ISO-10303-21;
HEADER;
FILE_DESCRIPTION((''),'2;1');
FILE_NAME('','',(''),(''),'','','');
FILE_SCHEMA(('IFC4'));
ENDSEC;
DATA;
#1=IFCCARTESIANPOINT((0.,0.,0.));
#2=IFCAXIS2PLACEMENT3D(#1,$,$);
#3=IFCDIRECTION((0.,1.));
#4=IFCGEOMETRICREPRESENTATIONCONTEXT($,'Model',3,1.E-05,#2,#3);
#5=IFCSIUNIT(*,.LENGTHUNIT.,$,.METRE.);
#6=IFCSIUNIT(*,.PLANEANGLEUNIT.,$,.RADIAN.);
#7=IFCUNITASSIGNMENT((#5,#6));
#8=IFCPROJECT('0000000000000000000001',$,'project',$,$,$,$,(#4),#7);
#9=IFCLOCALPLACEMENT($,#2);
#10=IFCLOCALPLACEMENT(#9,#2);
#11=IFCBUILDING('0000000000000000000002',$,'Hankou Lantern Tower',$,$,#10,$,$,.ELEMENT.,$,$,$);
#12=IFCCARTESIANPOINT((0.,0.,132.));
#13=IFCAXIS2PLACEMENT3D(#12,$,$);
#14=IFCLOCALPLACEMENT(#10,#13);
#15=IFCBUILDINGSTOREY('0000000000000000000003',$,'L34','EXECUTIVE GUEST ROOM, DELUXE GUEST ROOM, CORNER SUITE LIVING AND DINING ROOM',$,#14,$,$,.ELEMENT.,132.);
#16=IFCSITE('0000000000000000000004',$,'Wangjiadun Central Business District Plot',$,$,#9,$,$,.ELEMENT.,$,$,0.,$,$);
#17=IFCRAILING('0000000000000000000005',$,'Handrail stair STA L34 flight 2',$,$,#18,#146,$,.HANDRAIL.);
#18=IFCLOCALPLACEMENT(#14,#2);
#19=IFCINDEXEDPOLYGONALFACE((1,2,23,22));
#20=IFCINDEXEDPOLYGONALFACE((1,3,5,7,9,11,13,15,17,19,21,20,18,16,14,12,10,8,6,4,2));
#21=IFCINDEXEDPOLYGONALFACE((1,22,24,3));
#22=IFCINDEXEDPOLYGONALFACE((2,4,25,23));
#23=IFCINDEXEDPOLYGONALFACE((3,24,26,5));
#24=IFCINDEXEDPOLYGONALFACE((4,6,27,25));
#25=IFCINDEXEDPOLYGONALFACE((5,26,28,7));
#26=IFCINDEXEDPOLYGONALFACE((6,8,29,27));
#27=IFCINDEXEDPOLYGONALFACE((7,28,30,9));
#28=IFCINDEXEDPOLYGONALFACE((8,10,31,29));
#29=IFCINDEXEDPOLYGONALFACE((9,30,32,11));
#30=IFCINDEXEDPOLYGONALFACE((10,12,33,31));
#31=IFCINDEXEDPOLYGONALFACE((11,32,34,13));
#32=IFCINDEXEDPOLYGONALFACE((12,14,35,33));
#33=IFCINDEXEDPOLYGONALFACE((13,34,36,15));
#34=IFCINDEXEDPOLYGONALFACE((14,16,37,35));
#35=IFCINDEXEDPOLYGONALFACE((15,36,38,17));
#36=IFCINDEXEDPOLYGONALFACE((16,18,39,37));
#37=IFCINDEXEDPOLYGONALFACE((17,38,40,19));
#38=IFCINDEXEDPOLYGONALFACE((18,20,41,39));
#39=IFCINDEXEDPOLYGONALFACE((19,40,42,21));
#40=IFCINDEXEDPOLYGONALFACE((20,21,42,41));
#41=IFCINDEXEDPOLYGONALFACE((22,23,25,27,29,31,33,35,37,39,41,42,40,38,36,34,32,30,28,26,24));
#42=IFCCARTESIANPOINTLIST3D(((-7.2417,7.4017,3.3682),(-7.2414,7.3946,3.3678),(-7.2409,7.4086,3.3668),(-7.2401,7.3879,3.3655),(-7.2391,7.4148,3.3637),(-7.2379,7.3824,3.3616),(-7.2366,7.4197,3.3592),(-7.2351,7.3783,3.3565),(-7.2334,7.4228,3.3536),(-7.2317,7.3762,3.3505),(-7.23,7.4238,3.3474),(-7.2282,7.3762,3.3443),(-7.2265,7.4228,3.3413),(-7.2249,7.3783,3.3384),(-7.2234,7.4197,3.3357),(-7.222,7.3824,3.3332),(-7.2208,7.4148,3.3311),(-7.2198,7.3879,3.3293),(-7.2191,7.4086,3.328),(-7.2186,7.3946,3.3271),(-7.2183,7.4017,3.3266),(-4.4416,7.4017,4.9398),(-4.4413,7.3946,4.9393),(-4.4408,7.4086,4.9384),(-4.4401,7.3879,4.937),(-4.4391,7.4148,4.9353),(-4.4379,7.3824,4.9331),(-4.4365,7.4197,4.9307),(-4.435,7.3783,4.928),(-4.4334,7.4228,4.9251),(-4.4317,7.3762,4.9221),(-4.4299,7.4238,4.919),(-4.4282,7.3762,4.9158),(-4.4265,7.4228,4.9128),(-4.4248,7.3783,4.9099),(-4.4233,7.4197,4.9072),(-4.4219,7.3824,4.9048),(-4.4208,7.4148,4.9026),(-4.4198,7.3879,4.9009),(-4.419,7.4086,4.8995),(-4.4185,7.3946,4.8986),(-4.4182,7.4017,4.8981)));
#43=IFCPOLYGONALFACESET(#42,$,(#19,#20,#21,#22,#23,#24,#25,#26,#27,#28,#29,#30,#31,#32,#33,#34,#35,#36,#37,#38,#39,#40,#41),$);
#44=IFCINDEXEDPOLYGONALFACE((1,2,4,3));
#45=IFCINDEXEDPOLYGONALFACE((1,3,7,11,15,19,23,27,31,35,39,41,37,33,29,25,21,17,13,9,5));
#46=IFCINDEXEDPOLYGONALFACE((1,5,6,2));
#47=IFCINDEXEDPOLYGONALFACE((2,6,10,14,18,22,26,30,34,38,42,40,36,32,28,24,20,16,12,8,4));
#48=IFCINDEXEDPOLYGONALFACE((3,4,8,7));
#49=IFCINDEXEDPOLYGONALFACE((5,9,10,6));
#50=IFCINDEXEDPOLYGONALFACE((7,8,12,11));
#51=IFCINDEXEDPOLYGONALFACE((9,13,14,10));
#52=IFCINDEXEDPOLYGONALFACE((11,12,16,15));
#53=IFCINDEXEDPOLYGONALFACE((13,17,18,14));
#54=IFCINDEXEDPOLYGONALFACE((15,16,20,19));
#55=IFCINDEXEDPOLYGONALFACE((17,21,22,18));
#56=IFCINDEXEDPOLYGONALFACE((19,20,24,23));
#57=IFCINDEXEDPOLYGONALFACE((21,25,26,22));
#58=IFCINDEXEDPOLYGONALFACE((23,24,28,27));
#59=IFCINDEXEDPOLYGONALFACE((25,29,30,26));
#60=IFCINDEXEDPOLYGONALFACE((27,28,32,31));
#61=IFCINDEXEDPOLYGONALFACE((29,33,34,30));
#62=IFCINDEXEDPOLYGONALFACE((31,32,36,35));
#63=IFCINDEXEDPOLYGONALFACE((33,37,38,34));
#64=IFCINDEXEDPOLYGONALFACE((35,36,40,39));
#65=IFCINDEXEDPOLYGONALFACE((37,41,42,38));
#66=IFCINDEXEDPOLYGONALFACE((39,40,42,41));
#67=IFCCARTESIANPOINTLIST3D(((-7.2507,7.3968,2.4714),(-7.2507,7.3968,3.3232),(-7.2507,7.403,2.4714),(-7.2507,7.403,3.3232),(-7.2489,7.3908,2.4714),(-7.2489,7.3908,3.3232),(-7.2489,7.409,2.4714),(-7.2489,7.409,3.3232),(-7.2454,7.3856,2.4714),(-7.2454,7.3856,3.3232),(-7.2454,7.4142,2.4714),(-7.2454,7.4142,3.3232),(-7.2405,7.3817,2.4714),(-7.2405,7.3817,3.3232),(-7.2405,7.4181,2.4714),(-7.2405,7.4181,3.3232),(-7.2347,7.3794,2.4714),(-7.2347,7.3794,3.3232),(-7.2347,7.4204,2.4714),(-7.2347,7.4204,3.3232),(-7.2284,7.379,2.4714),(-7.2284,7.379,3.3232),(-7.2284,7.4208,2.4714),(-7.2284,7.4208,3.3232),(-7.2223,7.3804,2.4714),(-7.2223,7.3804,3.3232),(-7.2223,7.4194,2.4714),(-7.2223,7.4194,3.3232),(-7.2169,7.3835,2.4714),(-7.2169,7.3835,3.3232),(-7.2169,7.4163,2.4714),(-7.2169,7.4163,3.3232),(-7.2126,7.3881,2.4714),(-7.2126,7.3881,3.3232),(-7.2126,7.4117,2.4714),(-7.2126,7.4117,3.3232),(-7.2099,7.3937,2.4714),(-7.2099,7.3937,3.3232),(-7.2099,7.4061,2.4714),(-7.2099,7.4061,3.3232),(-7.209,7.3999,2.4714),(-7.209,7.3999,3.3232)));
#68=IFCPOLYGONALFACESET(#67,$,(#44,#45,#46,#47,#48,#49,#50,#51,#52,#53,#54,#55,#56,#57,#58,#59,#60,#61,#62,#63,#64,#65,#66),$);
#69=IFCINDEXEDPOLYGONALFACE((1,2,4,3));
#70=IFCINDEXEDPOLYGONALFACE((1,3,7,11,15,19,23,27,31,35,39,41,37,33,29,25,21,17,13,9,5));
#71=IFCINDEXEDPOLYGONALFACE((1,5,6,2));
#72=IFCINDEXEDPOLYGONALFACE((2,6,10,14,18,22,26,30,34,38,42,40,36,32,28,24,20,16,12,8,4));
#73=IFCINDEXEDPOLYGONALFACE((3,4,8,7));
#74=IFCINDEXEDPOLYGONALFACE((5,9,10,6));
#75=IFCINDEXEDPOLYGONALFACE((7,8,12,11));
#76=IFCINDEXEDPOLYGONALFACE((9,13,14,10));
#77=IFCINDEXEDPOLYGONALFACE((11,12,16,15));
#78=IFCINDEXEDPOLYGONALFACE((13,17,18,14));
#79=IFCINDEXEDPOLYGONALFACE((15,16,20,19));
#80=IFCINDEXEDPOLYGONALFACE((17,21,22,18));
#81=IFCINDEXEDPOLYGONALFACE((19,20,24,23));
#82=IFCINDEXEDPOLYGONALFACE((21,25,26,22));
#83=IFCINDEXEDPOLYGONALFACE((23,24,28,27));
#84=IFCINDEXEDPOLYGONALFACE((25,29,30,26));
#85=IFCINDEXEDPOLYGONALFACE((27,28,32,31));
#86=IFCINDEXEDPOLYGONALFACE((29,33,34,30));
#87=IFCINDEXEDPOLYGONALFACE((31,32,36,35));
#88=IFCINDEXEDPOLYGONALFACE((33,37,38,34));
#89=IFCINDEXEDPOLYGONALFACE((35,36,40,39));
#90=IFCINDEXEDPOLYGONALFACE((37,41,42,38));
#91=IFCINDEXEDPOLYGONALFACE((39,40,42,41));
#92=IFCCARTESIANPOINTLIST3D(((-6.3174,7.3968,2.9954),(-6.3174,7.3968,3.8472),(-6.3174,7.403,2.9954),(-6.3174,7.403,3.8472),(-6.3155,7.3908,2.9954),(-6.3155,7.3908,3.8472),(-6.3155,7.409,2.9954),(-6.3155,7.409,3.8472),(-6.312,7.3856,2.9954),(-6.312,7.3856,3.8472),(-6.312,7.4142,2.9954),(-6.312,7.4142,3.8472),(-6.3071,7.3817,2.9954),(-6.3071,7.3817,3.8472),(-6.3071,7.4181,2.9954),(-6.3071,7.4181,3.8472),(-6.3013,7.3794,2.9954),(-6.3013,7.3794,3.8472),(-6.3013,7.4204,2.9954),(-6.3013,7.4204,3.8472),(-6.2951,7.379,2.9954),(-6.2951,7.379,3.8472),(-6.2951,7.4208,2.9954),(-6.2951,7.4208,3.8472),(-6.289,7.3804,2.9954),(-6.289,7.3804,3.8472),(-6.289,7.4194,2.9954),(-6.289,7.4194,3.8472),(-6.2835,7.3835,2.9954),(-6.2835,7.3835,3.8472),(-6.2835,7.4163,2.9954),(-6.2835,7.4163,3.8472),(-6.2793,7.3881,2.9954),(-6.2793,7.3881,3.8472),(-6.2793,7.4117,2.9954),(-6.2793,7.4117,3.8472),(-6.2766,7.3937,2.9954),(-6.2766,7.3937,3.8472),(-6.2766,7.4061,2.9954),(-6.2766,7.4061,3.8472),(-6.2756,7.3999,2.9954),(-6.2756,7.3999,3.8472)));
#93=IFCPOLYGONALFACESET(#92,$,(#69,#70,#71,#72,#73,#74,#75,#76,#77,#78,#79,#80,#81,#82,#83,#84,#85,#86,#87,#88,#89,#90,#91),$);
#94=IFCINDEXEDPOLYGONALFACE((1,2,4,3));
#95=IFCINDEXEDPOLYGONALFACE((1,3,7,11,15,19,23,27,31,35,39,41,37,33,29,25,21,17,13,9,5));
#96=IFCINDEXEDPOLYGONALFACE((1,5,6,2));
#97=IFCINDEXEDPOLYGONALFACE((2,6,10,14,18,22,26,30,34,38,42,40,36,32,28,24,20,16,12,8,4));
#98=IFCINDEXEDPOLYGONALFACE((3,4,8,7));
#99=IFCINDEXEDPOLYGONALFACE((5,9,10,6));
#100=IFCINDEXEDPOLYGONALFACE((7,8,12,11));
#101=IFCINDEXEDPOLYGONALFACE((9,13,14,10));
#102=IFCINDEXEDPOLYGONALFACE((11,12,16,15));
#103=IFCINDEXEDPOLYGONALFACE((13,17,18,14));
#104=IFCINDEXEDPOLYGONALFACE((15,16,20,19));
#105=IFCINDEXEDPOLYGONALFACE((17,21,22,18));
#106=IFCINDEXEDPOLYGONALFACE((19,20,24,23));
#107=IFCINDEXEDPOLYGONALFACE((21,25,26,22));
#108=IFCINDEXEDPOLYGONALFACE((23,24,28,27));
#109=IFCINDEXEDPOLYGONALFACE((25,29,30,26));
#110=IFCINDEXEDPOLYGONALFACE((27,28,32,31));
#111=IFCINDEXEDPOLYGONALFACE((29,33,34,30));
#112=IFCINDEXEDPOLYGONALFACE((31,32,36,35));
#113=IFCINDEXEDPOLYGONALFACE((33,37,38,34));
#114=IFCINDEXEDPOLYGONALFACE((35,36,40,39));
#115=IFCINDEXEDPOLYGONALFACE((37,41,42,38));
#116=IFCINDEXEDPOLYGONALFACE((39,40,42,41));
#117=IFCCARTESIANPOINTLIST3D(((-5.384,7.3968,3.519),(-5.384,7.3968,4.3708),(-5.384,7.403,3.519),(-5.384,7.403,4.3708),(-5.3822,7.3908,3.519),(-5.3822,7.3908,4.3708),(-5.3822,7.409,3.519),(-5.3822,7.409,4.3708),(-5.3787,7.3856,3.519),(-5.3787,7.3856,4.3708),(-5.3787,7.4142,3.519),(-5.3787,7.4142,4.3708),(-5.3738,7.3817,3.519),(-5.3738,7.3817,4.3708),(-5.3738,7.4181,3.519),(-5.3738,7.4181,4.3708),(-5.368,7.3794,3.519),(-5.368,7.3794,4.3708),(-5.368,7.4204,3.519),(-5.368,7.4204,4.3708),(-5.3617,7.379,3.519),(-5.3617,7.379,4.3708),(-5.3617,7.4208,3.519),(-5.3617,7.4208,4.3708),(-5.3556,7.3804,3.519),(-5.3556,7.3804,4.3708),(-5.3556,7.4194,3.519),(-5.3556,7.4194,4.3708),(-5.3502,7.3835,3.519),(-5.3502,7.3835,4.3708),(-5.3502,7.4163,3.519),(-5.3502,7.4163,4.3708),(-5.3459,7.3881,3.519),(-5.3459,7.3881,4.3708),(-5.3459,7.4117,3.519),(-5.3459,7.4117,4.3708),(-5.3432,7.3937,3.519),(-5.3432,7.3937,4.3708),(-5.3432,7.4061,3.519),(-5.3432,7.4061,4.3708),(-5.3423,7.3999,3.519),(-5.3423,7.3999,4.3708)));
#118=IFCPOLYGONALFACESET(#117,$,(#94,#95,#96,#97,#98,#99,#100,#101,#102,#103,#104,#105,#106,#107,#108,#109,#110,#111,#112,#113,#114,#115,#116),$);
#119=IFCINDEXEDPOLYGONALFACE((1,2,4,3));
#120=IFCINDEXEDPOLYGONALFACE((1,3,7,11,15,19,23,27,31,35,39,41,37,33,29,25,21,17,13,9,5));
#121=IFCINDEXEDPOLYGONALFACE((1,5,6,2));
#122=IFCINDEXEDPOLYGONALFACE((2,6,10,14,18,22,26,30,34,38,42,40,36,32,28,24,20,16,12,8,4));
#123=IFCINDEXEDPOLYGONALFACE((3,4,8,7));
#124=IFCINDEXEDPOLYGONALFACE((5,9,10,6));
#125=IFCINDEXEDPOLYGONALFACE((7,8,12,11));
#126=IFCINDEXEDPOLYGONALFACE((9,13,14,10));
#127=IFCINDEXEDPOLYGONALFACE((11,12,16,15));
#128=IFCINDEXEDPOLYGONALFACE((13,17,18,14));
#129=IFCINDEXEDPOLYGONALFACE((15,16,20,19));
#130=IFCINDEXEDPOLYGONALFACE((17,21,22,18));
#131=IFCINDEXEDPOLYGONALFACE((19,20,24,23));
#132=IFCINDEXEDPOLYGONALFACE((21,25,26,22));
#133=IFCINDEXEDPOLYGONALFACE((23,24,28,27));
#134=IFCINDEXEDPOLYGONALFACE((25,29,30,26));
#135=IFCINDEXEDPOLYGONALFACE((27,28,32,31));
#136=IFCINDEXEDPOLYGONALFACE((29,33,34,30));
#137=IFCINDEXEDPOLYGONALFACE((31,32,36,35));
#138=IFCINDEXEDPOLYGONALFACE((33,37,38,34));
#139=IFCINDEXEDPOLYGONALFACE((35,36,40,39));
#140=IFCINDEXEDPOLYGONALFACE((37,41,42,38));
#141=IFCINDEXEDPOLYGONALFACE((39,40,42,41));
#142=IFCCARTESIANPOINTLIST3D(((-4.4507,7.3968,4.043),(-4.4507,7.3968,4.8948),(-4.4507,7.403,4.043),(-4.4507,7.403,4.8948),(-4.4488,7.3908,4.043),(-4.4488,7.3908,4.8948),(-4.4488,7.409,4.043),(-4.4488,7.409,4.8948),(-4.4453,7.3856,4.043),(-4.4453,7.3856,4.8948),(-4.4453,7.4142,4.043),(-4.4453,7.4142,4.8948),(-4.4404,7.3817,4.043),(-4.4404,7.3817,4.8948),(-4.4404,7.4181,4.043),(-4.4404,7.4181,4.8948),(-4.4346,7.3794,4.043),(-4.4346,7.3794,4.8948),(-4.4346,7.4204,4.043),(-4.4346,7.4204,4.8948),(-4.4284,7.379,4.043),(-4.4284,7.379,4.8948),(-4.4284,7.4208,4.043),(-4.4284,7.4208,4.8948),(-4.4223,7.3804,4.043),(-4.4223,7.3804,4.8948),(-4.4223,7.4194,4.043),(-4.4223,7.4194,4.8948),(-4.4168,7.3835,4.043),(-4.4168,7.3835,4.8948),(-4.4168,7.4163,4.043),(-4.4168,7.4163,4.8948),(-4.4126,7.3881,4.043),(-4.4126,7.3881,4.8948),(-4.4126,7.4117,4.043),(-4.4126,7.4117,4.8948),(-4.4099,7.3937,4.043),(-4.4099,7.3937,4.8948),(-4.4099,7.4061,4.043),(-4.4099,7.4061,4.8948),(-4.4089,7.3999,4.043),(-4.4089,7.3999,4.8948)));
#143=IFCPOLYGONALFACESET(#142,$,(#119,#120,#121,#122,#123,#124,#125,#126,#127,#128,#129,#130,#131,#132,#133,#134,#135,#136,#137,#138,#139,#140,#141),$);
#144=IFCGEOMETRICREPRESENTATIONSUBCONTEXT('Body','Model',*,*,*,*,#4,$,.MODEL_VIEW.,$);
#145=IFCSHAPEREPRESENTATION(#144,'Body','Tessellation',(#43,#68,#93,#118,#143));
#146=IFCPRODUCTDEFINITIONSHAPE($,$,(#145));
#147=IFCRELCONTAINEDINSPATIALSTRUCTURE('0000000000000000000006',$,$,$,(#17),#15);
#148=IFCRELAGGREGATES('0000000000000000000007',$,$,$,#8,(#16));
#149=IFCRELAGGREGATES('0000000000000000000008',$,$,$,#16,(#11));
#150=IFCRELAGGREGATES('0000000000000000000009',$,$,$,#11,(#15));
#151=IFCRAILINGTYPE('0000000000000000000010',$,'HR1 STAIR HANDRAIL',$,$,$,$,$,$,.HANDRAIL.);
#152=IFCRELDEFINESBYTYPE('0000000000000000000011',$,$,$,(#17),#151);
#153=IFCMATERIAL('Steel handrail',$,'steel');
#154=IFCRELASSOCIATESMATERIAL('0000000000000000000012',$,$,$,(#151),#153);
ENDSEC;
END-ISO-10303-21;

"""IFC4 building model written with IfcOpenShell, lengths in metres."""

from ifc_helpers import new_model, si_unit, direction, frame, origin, origin_2d, place, context, subcontext, project, spatial, circle, extrude, material, type_object, element, save


model = new_model("IFC4")

# Units and contexts
model_context = context("Model", 3, precision=1e-05, world=origin(), true_north=direction((0.0, 1.0)))
body_context = subcontext(model_context, "Body", "Model", "MODEL_VIEW")
ifc_project = project(units=[si_unit("LENGTHUNIT", "METRE"), si_unit("PLANEANGLEUNIT", "RADIAN")], contexts=[model_context])

# Site, building, storey
site_placement = place(None, origin())
site = spatial("IfcSite", under=ifc_project, at=site_placement, Name="Wangjiadun Central Business District Plot", CompositionType="ELEMENT", RefElevation=0.0)
building_placement = place(site_placement, origin())
building = spatial("IfcBuilding", under=site, at=building_placement, Name="Hankou Lantern Tower", CompositionType="ELEMENT")
storey_placement = place(building_placement, frame((0.0, 0.0, 132.0)))
storey = spatial("IfcBuildingStorey", under=building, at=storey_placement, Name="L34", Description="EXECUTIVE GUEST ROOM, DELUXE GUEST ROOM, CORNER SUITE LIVING AND DINING ROOM", CompositionType="ELEMENT", Elevation=132.0)

# Railing
ifc_material_1 = material(Name="Steel handrail", Category="steel")
railing_type = type_object("IfcRailingType", Name="HR1 STAIR HANDRAIL", PredefinedType="HANDRAIL", material=ifc_material_1)
railing_1_placement = place(storey_placement, frame((-7.23, 7.3999, 2.4714)))
element("IfcRailing", 1, at=railing_1_placement, inside=storey, type_object=railing_type, Name="Handrail stair STA L34 flight 2", PredefinedType="HANDRAIL", context=body_context, shape_type="SweptSolid", body=[
    extrude(circle(Radius=0.0239, at=origin_2d()), frame((0.0, 0.0, 0.876), z_axis=(0.87204, 0.0, 0.489434), x_axis=(0.0, 1.0, 0.0)), (0.0, 0.0, 1.0), 3.2109),
    extrude(circle(Radius=0.021, at=origin_2d()), origin(), (0.0, 0.0, 1.0), 0.8518),
    extrude(circle(Radius=0.021, at=origin_2d()), frame((0.9333, 0.0, 0.5239)), (0.0, 0.0, 1.0), 0.8518),
    extrude(circle(Radius=0.021, at=origin_2d()), frame((1.8667, 0.0, 1.0476)), (0.0, 0.0, 1.0), 0.8518),
    extrude(circle(Radius=0.021, at=origin_2d()), frame((2.8, 0.0, 1.5715)), (0.0, 0.0, 1.0), 0.8518),
])

save(model, "model.ifc")
